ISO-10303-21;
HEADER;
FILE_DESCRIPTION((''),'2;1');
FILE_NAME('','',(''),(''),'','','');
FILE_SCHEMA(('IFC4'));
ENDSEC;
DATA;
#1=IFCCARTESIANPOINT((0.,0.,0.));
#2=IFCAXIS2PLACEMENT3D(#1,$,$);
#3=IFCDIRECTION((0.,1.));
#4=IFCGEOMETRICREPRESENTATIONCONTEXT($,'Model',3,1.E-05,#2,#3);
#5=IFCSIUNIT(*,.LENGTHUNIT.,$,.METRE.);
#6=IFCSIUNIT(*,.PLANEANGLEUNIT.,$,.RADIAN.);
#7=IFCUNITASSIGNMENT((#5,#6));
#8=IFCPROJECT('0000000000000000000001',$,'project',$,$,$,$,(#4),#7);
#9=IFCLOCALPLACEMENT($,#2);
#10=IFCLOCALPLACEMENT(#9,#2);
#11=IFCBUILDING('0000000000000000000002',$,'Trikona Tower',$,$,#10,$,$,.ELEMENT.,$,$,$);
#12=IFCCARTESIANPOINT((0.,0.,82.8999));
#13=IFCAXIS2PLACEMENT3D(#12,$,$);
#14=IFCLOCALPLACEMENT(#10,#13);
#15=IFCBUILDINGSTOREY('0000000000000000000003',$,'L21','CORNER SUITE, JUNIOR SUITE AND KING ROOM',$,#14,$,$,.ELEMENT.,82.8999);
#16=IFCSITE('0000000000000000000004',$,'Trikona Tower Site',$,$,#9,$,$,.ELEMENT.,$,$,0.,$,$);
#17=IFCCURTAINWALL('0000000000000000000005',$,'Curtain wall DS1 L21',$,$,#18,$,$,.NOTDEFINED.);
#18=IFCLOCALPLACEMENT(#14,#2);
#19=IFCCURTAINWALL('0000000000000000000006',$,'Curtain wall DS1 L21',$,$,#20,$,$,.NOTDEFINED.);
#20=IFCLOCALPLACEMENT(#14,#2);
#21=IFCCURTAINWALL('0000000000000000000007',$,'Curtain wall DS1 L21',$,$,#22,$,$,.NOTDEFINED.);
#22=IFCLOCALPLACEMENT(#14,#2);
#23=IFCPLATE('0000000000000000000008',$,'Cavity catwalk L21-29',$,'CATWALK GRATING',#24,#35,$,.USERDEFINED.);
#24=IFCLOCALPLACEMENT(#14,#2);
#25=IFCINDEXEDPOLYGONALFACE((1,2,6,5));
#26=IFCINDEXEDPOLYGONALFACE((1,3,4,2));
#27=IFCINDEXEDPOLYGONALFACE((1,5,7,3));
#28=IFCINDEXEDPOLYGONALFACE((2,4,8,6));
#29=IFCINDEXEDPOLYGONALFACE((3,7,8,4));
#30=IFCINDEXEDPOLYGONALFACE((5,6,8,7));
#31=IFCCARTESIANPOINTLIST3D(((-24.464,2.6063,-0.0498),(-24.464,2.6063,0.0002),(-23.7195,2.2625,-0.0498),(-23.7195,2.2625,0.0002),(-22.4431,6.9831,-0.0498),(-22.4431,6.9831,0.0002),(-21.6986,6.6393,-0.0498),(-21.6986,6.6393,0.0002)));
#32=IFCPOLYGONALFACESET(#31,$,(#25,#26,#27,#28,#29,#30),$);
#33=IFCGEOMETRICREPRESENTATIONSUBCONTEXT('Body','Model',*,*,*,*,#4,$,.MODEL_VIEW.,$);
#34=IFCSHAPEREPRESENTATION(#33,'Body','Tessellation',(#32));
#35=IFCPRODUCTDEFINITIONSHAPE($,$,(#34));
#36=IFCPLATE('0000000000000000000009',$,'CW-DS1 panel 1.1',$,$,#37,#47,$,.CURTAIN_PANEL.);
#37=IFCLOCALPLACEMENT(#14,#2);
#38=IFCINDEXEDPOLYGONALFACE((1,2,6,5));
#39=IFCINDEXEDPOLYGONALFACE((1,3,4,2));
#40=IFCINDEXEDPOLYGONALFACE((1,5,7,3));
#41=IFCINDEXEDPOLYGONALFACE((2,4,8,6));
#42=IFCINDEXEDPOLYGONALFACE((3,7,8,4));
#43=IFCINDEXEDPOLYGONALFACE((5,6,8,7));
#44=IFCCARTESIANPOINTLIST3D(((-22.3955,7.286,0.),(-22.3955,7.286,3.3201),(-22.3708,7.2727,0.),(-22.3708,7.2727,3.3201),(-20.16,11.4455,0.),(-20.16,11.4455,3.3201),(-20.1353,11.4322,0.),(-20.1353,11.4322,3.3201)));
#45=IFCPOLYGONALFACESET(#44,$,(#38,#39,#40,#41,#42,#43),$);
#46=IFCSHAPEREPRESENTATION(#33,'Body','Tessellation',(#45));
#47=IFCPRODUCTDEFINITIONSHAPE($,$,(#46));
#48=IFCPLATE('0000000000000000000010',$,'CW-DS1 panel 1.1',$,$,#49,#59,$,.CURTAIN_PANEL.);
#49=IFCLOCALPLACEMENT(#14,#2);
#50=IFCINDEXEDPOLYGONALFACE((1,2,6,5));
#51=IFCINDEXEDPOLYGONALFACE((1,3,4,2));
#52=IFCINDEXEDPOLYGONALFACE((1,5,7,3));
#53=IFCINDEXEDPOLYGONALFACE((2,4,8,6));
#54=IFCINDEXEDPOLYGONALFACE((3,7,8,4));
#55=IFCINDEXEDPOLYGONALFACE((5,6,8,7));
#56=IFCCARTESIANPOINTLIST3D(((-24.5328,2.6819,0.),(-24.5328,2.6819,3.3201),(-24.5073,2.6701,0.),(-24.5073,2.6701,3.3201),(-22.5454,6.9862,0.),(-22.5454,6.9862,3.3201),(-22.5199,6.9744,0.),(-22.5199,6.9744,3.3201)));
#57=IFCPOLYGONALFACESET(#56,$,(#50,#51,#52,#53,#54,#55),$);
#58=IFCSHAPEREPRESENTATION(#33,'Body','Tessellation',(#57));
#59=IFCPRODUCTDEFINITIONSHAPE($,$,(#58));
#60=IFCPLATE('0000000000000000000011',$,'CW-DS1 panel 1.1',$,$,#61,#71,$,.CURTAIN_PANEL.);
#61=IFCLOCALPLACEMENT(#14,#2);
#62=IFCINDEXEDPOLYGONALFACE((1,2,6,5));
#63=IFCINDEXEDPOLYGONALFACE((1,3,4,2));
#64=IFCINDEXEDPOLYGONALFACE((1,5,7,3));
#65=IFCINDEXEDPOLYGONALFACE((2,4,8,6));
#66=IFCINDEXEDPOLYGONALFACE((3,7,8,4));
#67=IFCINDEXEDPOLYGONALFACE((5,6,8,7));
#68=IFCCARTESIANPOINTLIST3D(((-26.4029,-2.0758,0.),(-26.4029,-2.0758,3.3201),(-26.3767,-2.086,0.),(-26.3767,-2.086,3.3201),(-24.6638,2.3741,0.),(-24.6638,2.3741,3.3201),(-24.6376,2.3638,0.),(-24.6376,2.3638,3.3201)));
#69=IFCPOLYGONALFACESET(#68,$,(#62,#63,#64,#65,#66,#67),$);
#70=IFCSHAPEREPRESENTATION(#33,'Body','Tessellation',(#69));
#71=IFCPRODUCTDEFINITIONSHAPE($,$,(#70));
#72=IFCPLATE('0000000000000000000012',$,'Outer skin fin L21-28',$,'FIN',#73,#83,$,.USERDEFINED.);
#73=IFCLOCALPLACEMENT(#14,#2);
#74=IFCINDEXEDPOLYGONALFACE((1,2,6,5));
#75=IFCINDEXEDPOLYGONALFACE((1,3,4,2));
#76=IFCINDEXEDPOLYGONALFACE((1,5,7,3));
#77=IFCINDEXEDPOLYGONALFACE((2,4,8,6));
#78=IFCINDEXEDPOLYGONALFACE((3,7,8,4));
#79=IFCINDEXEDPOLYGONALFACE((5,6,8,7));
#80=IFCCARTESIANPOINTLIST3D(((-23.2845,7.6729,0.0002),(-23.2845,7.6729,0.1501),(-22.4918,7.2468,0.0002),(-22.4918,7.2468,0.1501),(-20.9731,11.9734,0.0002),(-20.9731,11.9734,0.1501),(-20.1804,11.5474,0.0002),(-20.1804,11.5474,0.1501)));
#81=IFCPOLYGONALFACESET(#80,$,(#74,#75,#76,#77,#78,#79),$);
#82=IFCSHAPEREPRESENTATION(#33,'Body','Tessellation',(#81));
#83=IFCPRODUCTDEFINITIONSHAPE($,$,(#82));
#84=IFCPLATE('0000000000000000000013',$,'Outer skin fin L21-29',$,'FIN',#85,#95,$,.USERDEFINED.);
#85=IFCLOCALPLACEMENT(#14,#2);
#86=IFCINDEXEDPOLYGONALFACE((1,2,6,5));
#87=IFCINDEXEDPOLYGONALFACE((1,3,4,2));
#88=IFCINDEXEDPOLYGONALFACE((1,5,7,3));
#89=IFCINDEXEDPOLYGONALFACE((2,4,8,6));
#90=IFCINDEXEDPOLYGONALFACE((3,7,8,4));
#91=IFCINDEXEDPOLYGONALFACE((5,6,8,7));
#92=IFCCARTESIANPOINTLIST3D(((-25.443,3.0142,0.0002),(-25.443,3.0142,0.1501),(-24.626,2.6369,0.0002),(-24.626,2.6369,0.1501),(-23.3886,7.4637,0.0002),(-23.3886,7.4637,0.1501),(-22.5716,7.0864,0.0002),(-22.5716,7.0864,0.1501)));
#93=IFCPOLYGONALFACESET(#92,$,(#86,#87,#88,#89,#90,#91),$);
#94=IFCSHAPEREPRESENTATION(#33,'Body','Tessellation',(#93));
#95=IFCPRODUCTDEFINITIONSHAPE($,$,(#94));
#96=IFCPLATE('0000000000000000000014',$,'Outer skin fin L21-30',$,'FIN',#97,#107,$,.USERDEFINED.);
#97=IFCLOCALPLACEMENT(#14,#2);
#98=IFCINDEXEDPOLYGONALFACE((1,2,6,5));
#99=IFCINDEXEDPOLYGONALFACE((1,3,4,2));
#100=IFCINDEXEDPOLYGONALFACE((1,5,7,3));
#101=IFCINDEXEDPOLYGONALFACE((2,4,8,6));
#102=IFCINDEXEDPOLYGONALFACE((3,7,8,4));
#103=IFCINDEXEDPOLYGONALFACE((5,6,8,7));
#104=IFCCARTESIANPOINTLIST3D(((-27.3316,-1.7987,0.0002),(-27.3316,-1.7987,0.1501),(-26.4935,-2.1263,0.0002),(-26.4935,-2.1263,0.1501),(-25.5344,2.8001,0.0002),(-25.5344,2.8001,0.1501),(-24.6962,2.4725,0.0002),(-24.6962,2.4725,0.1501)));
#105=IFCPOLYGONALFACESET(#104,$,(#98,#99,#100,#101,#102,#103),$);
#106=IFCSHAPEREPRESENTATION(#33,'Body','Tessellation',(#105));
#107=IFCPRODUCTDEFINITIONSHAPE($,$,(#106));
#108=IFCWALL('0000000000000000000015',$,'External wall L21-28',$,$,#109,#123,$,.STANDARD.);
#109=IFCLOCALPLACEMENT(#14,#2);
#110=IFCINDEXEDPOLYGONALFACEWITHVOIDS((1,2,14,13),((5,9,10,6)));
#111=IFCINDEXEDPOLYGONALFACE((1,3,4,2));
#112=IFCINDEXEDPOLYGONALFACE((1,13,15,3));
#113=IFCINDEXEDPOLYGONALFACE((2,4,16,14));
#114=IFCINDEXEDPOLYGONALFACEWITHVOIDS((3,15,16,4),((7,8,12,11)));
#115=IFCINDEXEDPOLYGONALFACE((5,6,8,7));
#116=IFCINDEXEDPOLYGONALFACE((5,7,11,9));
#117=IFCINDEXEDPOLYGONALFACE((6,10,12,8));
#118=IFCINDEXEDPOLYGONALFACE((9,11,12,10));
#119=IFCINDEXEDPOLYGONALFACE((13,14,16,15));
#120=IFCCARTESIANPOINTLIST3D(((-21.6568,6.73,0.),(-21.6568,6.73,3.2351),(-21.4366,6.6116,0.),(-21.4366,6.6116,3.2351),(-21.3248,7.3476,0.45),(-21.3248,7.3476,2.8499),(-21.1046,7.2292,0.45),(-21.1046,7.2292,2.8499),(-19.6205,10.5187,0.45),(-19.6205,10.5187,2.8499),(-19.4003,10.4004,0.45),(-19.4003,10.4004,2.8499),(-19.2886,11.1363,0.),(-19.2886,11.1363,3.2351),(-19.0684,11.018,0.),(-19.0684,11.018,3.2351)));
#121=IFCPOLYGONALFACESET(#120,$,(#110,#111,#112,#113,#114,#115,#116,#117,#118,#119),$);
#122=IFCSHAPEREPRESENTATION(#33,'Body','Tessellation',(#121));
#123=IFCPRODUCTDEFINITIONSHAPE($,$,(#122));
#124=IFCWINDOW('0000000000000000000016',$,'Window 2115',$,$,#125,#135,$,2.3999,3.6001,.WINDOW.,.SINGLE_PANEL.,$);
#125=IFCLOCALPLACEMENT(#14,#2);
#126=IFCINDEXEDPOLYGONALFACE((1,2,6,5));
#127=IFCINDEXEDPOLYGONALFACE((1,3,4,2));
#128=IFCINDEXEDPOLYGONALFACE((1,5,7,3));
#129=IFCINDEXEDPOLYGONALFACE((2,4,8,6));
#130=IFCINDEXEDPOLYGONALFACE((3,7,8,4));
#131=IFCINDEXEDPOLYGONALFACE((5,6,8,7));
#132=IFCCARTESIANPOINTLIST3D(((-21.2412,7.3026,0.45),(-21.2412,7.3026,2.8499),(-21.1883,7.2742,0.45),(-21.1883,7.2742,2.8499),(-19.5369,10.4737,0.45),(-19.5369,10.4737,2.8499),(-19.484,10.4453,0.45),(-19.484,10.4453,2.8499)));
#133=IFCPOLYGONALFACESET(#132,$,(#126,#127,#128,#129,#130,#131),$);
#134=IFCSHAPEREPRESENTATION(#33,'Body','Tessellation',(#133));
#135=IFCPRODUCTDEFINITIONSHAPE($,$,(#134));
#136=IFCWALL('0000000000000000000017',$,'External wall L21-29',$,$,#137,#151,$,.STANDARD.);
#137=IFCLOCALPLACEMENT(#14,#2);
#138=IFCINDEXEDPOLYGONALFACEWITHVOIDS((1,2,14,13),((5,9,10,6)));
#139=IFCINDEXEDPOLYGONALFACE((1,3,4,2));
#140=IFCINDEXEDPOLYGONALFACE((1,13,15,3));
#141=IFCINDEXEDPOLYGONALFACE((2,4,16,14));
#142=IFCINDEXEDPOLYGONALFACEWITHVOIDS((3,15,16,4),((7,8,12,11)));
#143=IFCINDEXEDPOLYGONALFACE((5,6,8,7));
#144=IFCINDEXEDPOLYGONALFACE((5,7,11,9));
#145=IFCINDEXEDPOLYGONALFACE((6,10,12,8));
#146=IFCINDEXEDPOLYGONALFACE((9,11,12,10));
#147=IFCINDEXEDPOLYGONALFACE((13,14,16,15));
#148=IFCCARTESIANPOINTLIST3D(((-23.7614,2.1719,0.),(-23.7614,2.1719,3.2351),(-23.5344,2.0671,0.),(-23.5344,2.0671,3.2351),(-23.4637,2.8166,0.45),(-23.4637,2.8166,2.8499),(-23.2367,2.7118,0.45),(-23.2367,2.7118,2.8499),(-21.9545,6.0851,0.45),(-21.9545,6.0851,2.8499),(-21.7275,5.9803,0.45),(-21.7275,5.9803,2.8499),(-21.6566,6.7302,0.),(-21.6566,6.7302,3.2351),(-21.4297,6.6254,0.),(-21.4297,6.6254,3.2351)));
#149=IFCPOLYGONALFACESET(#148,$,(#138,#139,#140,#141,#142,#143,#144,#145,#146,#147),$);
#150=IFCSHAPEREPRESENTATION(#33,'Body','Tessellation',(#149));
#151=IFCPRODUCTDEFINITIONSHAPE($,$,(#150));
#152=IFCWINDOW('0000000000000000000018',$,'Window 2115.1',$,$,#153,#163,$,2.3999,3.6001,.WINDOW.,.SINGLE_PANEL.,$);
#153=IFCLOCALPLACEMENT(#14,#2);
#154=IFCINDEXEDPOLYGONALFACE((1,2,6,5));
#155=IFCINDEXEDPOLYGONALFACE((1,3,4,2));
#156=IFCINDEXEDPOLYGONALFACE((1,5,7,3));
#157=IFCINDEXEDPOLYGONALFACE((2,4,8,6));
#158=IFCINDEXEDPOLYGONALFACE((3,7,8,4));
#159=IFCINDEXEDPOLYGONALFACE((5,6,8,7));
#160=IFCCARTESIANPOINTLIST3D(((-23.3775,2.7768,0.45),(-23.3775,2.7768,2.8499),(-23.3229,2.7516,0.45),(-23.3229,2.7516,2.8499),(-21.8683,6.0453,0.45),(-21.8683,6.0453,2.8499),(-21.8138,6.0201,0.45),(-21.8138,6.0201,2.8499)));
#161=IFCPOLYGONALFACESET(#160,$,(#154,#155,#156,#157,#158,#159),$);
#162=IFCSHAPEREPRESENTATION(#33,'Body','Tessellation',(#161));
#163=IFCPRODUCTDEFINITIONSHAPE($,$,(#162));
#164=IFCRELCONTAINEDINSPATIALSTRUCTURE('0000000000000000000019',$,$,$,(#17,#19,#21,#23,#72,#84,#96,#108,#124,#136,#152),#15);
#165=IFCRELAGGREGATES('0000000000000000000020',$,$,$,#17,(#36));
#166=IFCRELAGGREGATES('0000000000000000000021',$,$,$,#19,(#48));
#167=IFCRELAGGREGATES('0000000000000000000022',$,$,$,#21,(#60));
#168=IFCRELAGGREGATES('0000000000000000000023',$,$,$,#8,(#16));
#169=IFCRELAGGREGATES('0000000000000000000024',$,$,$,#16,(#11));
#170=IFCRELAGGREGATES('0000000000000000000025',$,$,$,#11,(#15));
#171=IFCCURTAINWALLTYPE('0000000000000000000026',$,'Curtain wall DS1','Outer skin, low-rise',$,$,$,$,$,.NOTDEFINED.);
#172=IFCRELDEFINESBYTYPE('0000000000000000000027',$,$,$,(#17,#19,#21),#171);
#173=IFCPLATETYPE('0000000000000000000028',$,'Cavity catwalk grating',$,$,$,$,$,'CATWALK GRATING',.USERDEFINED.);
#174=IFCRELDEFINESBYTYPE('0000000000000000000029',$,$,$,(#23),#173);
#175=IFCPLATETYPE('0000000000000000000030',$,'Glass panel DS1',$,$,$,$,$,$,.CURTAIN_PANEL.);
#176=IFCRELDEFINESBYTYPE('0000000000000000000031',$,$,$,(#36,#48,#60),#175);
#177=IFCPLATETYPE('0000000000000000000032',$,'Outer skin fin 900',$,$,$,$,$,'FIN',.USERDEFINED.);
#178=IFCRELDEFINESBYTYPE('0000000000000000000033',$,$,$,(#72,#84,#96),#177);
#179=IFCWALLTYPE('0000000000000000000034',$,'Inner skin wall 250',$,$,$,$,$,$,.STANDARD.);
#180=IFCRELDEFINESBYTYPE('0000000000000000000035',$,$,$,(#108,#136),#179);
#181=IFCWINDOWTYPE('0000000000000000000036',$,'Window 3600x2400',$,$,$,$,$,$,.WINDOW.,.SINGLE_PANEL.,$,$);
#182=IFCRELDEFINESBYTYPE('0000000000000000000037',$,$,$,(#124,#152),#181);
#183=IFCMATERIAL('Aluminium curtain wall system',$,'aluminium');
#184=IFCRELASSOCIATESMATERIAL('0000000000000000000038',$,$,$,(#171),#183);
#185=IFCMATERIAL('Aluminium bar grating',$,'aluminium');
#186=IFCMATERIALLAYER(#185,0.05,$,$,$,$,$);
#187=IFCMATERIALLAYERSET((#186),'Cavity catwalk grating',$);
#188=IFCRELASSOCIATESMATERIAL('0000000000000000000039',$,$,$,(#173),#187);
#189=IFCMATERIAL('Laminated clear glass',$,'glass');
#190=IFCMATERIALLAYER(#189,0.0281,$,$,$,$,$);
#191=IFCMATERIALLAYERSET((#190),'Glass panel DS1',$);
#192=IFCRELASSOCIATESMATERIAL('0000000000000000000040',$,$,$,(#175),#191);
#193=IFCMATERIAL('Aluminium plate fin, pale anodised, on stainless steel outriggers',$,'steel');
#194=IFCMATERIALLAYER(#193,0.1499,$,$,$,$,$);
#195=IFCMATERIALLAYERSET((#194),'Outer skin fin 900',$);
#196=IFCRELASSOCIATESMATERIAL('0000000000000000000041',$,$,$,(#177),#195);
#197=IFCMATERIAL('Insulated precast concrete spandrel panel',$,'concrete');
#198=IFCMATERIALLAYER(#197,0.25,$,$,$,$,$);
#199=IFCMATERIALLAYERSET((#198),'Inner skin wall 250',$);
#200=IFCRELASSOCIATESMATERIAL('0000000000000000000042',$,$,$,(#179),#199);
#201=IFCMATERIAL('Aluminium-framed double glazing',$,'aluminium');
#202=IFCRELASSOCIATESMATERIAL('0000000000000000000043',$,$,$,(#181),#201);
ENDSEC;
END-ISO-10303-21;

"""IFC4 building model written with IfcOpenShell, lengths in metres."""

from ifc_helpers import new_model, si_unit, direction, frame, frame_2d, origin, origin_2d, place, context, subcontext, project, spatial, rectangle, extrude, material, layer, layer_set, type_object, element, fill, aggregate, save


model = new_model("IFC4")

# Units and contexts
model_context = context("Model", 3, precision=1e-05, world=origin(), true_north=direction((0.0, 1.0)))
body_context = subcontext(model_context, "Body", "Model", "MODEL_VIEW")
ifc_project = project(units=[si_unit("LENGTHUNIT", "METRE"), si_unit("PLANEANGLEUNIT", "RADIAN")], contexts=[model_context])

# Site, building, storey
site_placement = place(None, origin())
site = spatial("IfcSite", under=ifc_project, at=site_placement, Name="Trikona Tower Site", CompositionType="ELEMENT", RefElevation=0.0)
building_placement = place(site_placement, origin())
building = spatial("IfcBuilding", under=site, at=building_placement, Name="Trikona Tower", CompositionType="ELEMENT")
storey_placement = place(building_placement, frame((0.0, 0.0, 82.8999)))
storey = spatial("IfcBuildingStorey", under=building, at=storey_placement, Name="L21", Description="CORNER SUITE, JUNIOR SUITE AND KING ROOM", CompositionType="ELEMENT", Elevation=82.8999)

# Shared definitions
ifc_material_1 = material(Name="Aluminium curtain wall system", Category="aluminium")
curtain_wall_type = type_object("IfcCurtainWallType", Name="Curtain wall DS1", Description="Outer skin, low-rise", PredefinedType="NOTDEFINED", material=ifc_material_1)

# Curtain walls
curtain_wall_1_placement = place(storey_placement, origin())
curtain_wall_1 = element("IfcCurtainWall", 1, at=curtain_wall_1_placement, inside=storey, type_object=curtain_wall_type, Name="Curtain wall DS1 L21", PredefinedType="NOTDEFINED")
curtain_wall_2_placement = place(storey_placement, origin())
curtain_wall_2 = element("IfcCurtainWall", 2, at=curtain_wall_2_placement, inside=storey, type_object=curtain_wall_type, Name="Curtain wall DS1 L21", PredefinedType="NOTDEFINED")

# Curtain wall
curtain_wall_3_placement = place(storey_placement, origin())
curtain_wall_3 = element("IfcCurtainWall", 3, at=curtain_wall_3_placement, inside=storey, type_object=curtain_wall_type, Name="Curtain wall DS1 L21", PredefinedType="NOTDEFINED")

# Plate
ifc_material_2 = material(Name="Aluminium bar grating", Category="aluminium")
ifc_layer_1 = layer(ifc_material_2, 0.05)
ifc_layer_set_1 = layer_set([ifc_layer_1], Name="Cavity catwalk grating")
plate_type_1 = type_object("IfcPlateType", Name="Cavity catwalk grating", ElementType="CATWALK GRATING", PredefinedType="USERDEFINED", material=ifc_layer_set_1)
plate_1_placement = place(storey_placement, frame((-23.0813, 4.6228, -0.0498), z_axis=(0.0, 0.0, 1.0), x_axis=(-0.419194, -0.907897, 0.0)))
element("IfcPlate", 4, at=plate_1_placement, inside=storey, type_object=plate_type_1, Name="Cavity catwalk L21-29", ObjectType="CATWALK GRATING", PredefinedType="USERDEFINED", context=body_context, shape_type="SweptSolid", body=[
    extrude(rectangle(XDim=4.8208, YDim=0.8201, at=origin_2d()), origin(), (0.0, 0.0, 1.0), 0.05),
])

# Plates
ifc_material_3 = material(Name="Laminated clear glass", Category="glass")
ifc_layer_2 = layer(ifc_material_3, 0.0281)
ifc_layer_set_2 = layer_set([ifc_layer_2], Name="Glass panel DS1")
plate_type_2 = type_object("IfcPlateType", Name="Glass panel DS1", PredefinedType="CURTAIN_PANEL", material=ifc_layer_set_2)
plate_2_placement = place(storey_placement, frame((-21.2654, 9.3591, 0.0), z_axis=(0.0, 0.0, 1.0), x_axis=(-0.473408, -0.880843, 0.0)))
plate_2 = element("IfcPlate", 5, at=plate_2_placement, type_object=plate_type_2, Name="CW-DS1 panel 1.1", PredefinedType="CURTAIN_PANEL", context=body_context, shape_type="SweptSolid", body=[
    extrude(rectangle(XDim=4.7222, YDim=0.0281, at=origin_2d()), origin(), (0.0, 0.0, 1.0), 3.3201),
])
aggregate(curtain_wall_1, [plate_2])
plate_3_placement = place(storey_placement, frame((-23.5264, 4.8281, 0.0), z_axis=(0.0, 0.0, 1.0), x_axis=(-0.41919, -0.907898, 0.0)))
plate_3 = element("IfcPlate", 6, at=plate_3_placement, type_object=plate_type_2, Name="CW-DS1 panel 1.1", PredefinedType="CURTAIN_PANEL", context=body_context, shape_type="SweptSolid", body=[
    extrude(rectangle(XDim=4.741, YDim=0.0281, at=origin_2d()), origin(), (0.0, 0.0, 1.0), 3.3201),
])
aggregate(curtain_wall_2, [plate_3])
plate_4_placement = place(storey_placement, frame((-25.5203, 0.144, 0.0), z_axis=(0.0, 0.0, 1.0), x_axis=(-0.364008, -0.931396, 0.0)))
plate_4 = element("IfcPlate", 7, at=plate_4_placement, type_object=plate_type_2, Name="CW-DS1 panel 1.1", PredefinedType="CURTAIN_PANEL", context=body_context, shape_type="SweptSolid", body=[
    extrude(rectangle(XDim=4.7776, YDim=0.0281, at=origin_2d()), origin(), (0.0, 0.0, 1.0), 3.3201),
])
aggregate(curtain_wall_3, [plate_4])

# Plates
ifc_material_4 = material(Name="Aluminium plate fin, pale anodised, on stainless steel outriggers", Category="steel")
ifc_layer_3 = layer(ifc_material_4, 0.1499)
ifc_layer_set_3 = layer_set([ifc_layer_3], Name="Outer skin fin 900")
plate_type_3 = type_object("IfcPlateType", Name="Outer skin fin 900", ElementType="FIN", PredefinedType="USERDEFINED", material=ifc_layer_set_3)
plate_5_placement = place(storey_placement, frame((-21.7324, 9.6101, 0.0002), z_axis=(0.0, 0.0, 1.0), x_axis=(-0.473423, -0.880835, 0.0)))
element("IfcPlate", 8, at=plate_5_placement, inside=storey, type_object=plate_type_3, Name="Outer skin fin L21-28", ObjectType="FIN", PredefinedType="USERDEFINED", context=body_context, shape_type="SweptSolid", body=[
    extrude(rectangle(XDim=4.8823, YDim=0.8999, at=origin_2d()), origin(), (0.0, 0.0, 1.0), 0.1499),
])
plate_6_placement = place(storey_placement, frame((-24.0073, 5.0503, 0.0002), z_axis=(0.0, 0.0, 1.0), x_axis=(-0.419194, -0.907897, 0.0)))
element("IfcPlate", 9, at=plate_6_placement, inside=storey, type_object=plate_type_3, Name="Outer skin fin L21-29", ObjectType="FIN", PredefinedType="USERDEFINED", context=body_context, shape_type="SweptSolid", body=[
    extrude(rectangle(XDim=4.9009, YDim=0.8999, at=origin_2d()), origin(), (0.0, 0.0, 1.0), 0.1499),
])
plate_7_placement = place(storey_placement, frame((-26.0139, 0.3369, 0.0002), z_axis=(0.0, 0.0, 1.0), x_axis=(-0.364009, -0.931395, 0.0)))
element("IfcPlate", 10, at=plate_7_placement, inside=storey, type_object=plate_type_3, Name="Outer skin fin L21-30", ObjectType="FIN", PredefinedType="USERDEFINED", context=body_context, shape_type="SweptSolid", body=[
    extrude(rectangle(XDim=4.9375, YDim=0.8999, at=origin_2d()), origin(), (0.0, 0.0, 1.0), 0.1499),
])

# Walls, openings, windows
ifc_material_5 = material(Name="Insulated precast concrete spandrel panel", Category="concrete")
ifc_layer_4 = layer(ifc_material_5, 0.25)
ifc_layer_set_4 = layer_set([ifc_layer_4], Name="Inner skin wall 250")
wall_type = type_object("IfcWallType", Name="Inner skin wall 250", PredefinedType="STANDARD", material=ifc_layer_set_4)
wall_1_placement = place(storey_placement, frame((-19.1785, 11.0771, 0.0), z_axis=(0.0, 0.0, 1.0), x_axis=(-0.473413, -0.880841, 0.0)))
wall_1 = element("IfcWall", 11, at=wall_1_placement, inside=storey, type_object=wall_type, Name="External wall L21-28", PredefinedType="STANDARD", context=body_context, shape_type="SweptSolid", body=[
    extrude(rectangle(XDim=5.0024, YDim=0.25, at=frame_2d((2.5012, 0.0))), origin(), (0.0, 0.0, 1.0), 3.2351),
])
opening_1_placement = place(wall_1_placement, frame((0.7012, 0.0, 0.45)))
opening_1 = element("IfcOpeningElement", 12, at=opening_1_placement, cuts=wall_1, PredefinedType="OPENING", context=body_context, shape_type="SweptSolid", body=[
    extrude(rectangle(XDim=3.6001, YDim=2.3999, at=frame_2d((1.8, 1.2))), frame((0.0, 0.135, 0.0), z_axis=(0.0, -1.0, 0.0), x_axis=(1.0, 0.0, 0.0)), (0.0, 0.0, 1.0), 0.27),
])
ifc_material_6 = material(Name="Aluminium-framed double glazing", Category="aluminium")
window_type = type_object("IfcWindowType", Name="Window 3600x2400", PartitioningType="SINGLE_PANEL", PredefinedType="WINDOW", material=ifc_material_6)
window_1_placement = place(opening_1_placement, origin())
window_1 = element("IfcWindow", 13, at=window_1_placement, inside=storey, type_object=window_type, Name="Window 2115", OverallHeight=2.3999, OverallWidth=3.6001, PartitioningType="SINGLE_PANEL", PredefinedType="WINDOW", context=body_context, shape_type="SweptSolid", body=[
    extrude(rectangle(XDim=3.6001, YDim=2.3999, at=frame_2d((1.8, 1.2))), frame((0.0, 0.03, 0.0), z_axis=(0.0, -1.0, 0.0), x_axis=(1.0, 0.0, 0.0)), (0.0, 0.0, 1.0), 0.0601),
])
fill(opening_1, window_1)
wall_2_placement = place(storey_placement, frame((-21.5432, 6.6777, 0.0), z_axis=(0.0, 0.0, 1.0), x_axis=(-0.419203, -0.907892, 0.0)))
wall_2 = element("IfcWall", 14, at=wall_2_placement, inside=storey, type_object=wall_type, Name="External wall L21-29", PredefinedType="STANDARD", context=body_context, shape_type="SweptSolid", body=[
    extrude(rectangle(XDim=5.0208, YDim=0.25, at=frame_2d((2.5103, 0.0))), origin(), (0.0, 0.0, 1.0), 3.2351),
])
opening_2_placement = place(wall_2_placement, frame((0.7104, 0.0, 0.45)))
opening_2 = element("IfcOpeningElement", 15, at=opening_2_placement, cuts=wall_2, PredefinedType="OPENING", context=body_context, shape_type="SweptSolid", body=[
    extrude(rectangle(XDim=3.6001, YDim=2.3999, at=frame_2d((1.8, 1.2))), frame((0.0, 0.135, 0.0), z_axis=(0.0, -1.0, 0.0), x_axis=(1.0, 0.0, 0.0)), (0.0, 0.0, 1.0), 0.27),
])
window_2_placement = place(opening_2_placement, origin())
window_2 = element("IfcWindow", 16, at=window_2_placement, inside=storey, type_object=window_type, Name="Window 2115.1", OverallHeight=2.3999, OverallWidth=3.6001, PartitioningType="SINGLE_PANEL", PredefinedType="WINDOW", context=body_context, shape_type="SweptSolid", body=[
    extrude(rectangle(XDim=3.6001, YDim=2.3999, at=frame_2d((1.8, 1.2))), frame((0.0, 0.03, 0.0), z_axis=(0.0, -1.0, 0.0), x_axis=(1.0, 0.0, 0.0)), (0.0, 0.0, 1.0), 0.0601),
])
fill(opening_2, window_2)

save(model, "model.ifc")
